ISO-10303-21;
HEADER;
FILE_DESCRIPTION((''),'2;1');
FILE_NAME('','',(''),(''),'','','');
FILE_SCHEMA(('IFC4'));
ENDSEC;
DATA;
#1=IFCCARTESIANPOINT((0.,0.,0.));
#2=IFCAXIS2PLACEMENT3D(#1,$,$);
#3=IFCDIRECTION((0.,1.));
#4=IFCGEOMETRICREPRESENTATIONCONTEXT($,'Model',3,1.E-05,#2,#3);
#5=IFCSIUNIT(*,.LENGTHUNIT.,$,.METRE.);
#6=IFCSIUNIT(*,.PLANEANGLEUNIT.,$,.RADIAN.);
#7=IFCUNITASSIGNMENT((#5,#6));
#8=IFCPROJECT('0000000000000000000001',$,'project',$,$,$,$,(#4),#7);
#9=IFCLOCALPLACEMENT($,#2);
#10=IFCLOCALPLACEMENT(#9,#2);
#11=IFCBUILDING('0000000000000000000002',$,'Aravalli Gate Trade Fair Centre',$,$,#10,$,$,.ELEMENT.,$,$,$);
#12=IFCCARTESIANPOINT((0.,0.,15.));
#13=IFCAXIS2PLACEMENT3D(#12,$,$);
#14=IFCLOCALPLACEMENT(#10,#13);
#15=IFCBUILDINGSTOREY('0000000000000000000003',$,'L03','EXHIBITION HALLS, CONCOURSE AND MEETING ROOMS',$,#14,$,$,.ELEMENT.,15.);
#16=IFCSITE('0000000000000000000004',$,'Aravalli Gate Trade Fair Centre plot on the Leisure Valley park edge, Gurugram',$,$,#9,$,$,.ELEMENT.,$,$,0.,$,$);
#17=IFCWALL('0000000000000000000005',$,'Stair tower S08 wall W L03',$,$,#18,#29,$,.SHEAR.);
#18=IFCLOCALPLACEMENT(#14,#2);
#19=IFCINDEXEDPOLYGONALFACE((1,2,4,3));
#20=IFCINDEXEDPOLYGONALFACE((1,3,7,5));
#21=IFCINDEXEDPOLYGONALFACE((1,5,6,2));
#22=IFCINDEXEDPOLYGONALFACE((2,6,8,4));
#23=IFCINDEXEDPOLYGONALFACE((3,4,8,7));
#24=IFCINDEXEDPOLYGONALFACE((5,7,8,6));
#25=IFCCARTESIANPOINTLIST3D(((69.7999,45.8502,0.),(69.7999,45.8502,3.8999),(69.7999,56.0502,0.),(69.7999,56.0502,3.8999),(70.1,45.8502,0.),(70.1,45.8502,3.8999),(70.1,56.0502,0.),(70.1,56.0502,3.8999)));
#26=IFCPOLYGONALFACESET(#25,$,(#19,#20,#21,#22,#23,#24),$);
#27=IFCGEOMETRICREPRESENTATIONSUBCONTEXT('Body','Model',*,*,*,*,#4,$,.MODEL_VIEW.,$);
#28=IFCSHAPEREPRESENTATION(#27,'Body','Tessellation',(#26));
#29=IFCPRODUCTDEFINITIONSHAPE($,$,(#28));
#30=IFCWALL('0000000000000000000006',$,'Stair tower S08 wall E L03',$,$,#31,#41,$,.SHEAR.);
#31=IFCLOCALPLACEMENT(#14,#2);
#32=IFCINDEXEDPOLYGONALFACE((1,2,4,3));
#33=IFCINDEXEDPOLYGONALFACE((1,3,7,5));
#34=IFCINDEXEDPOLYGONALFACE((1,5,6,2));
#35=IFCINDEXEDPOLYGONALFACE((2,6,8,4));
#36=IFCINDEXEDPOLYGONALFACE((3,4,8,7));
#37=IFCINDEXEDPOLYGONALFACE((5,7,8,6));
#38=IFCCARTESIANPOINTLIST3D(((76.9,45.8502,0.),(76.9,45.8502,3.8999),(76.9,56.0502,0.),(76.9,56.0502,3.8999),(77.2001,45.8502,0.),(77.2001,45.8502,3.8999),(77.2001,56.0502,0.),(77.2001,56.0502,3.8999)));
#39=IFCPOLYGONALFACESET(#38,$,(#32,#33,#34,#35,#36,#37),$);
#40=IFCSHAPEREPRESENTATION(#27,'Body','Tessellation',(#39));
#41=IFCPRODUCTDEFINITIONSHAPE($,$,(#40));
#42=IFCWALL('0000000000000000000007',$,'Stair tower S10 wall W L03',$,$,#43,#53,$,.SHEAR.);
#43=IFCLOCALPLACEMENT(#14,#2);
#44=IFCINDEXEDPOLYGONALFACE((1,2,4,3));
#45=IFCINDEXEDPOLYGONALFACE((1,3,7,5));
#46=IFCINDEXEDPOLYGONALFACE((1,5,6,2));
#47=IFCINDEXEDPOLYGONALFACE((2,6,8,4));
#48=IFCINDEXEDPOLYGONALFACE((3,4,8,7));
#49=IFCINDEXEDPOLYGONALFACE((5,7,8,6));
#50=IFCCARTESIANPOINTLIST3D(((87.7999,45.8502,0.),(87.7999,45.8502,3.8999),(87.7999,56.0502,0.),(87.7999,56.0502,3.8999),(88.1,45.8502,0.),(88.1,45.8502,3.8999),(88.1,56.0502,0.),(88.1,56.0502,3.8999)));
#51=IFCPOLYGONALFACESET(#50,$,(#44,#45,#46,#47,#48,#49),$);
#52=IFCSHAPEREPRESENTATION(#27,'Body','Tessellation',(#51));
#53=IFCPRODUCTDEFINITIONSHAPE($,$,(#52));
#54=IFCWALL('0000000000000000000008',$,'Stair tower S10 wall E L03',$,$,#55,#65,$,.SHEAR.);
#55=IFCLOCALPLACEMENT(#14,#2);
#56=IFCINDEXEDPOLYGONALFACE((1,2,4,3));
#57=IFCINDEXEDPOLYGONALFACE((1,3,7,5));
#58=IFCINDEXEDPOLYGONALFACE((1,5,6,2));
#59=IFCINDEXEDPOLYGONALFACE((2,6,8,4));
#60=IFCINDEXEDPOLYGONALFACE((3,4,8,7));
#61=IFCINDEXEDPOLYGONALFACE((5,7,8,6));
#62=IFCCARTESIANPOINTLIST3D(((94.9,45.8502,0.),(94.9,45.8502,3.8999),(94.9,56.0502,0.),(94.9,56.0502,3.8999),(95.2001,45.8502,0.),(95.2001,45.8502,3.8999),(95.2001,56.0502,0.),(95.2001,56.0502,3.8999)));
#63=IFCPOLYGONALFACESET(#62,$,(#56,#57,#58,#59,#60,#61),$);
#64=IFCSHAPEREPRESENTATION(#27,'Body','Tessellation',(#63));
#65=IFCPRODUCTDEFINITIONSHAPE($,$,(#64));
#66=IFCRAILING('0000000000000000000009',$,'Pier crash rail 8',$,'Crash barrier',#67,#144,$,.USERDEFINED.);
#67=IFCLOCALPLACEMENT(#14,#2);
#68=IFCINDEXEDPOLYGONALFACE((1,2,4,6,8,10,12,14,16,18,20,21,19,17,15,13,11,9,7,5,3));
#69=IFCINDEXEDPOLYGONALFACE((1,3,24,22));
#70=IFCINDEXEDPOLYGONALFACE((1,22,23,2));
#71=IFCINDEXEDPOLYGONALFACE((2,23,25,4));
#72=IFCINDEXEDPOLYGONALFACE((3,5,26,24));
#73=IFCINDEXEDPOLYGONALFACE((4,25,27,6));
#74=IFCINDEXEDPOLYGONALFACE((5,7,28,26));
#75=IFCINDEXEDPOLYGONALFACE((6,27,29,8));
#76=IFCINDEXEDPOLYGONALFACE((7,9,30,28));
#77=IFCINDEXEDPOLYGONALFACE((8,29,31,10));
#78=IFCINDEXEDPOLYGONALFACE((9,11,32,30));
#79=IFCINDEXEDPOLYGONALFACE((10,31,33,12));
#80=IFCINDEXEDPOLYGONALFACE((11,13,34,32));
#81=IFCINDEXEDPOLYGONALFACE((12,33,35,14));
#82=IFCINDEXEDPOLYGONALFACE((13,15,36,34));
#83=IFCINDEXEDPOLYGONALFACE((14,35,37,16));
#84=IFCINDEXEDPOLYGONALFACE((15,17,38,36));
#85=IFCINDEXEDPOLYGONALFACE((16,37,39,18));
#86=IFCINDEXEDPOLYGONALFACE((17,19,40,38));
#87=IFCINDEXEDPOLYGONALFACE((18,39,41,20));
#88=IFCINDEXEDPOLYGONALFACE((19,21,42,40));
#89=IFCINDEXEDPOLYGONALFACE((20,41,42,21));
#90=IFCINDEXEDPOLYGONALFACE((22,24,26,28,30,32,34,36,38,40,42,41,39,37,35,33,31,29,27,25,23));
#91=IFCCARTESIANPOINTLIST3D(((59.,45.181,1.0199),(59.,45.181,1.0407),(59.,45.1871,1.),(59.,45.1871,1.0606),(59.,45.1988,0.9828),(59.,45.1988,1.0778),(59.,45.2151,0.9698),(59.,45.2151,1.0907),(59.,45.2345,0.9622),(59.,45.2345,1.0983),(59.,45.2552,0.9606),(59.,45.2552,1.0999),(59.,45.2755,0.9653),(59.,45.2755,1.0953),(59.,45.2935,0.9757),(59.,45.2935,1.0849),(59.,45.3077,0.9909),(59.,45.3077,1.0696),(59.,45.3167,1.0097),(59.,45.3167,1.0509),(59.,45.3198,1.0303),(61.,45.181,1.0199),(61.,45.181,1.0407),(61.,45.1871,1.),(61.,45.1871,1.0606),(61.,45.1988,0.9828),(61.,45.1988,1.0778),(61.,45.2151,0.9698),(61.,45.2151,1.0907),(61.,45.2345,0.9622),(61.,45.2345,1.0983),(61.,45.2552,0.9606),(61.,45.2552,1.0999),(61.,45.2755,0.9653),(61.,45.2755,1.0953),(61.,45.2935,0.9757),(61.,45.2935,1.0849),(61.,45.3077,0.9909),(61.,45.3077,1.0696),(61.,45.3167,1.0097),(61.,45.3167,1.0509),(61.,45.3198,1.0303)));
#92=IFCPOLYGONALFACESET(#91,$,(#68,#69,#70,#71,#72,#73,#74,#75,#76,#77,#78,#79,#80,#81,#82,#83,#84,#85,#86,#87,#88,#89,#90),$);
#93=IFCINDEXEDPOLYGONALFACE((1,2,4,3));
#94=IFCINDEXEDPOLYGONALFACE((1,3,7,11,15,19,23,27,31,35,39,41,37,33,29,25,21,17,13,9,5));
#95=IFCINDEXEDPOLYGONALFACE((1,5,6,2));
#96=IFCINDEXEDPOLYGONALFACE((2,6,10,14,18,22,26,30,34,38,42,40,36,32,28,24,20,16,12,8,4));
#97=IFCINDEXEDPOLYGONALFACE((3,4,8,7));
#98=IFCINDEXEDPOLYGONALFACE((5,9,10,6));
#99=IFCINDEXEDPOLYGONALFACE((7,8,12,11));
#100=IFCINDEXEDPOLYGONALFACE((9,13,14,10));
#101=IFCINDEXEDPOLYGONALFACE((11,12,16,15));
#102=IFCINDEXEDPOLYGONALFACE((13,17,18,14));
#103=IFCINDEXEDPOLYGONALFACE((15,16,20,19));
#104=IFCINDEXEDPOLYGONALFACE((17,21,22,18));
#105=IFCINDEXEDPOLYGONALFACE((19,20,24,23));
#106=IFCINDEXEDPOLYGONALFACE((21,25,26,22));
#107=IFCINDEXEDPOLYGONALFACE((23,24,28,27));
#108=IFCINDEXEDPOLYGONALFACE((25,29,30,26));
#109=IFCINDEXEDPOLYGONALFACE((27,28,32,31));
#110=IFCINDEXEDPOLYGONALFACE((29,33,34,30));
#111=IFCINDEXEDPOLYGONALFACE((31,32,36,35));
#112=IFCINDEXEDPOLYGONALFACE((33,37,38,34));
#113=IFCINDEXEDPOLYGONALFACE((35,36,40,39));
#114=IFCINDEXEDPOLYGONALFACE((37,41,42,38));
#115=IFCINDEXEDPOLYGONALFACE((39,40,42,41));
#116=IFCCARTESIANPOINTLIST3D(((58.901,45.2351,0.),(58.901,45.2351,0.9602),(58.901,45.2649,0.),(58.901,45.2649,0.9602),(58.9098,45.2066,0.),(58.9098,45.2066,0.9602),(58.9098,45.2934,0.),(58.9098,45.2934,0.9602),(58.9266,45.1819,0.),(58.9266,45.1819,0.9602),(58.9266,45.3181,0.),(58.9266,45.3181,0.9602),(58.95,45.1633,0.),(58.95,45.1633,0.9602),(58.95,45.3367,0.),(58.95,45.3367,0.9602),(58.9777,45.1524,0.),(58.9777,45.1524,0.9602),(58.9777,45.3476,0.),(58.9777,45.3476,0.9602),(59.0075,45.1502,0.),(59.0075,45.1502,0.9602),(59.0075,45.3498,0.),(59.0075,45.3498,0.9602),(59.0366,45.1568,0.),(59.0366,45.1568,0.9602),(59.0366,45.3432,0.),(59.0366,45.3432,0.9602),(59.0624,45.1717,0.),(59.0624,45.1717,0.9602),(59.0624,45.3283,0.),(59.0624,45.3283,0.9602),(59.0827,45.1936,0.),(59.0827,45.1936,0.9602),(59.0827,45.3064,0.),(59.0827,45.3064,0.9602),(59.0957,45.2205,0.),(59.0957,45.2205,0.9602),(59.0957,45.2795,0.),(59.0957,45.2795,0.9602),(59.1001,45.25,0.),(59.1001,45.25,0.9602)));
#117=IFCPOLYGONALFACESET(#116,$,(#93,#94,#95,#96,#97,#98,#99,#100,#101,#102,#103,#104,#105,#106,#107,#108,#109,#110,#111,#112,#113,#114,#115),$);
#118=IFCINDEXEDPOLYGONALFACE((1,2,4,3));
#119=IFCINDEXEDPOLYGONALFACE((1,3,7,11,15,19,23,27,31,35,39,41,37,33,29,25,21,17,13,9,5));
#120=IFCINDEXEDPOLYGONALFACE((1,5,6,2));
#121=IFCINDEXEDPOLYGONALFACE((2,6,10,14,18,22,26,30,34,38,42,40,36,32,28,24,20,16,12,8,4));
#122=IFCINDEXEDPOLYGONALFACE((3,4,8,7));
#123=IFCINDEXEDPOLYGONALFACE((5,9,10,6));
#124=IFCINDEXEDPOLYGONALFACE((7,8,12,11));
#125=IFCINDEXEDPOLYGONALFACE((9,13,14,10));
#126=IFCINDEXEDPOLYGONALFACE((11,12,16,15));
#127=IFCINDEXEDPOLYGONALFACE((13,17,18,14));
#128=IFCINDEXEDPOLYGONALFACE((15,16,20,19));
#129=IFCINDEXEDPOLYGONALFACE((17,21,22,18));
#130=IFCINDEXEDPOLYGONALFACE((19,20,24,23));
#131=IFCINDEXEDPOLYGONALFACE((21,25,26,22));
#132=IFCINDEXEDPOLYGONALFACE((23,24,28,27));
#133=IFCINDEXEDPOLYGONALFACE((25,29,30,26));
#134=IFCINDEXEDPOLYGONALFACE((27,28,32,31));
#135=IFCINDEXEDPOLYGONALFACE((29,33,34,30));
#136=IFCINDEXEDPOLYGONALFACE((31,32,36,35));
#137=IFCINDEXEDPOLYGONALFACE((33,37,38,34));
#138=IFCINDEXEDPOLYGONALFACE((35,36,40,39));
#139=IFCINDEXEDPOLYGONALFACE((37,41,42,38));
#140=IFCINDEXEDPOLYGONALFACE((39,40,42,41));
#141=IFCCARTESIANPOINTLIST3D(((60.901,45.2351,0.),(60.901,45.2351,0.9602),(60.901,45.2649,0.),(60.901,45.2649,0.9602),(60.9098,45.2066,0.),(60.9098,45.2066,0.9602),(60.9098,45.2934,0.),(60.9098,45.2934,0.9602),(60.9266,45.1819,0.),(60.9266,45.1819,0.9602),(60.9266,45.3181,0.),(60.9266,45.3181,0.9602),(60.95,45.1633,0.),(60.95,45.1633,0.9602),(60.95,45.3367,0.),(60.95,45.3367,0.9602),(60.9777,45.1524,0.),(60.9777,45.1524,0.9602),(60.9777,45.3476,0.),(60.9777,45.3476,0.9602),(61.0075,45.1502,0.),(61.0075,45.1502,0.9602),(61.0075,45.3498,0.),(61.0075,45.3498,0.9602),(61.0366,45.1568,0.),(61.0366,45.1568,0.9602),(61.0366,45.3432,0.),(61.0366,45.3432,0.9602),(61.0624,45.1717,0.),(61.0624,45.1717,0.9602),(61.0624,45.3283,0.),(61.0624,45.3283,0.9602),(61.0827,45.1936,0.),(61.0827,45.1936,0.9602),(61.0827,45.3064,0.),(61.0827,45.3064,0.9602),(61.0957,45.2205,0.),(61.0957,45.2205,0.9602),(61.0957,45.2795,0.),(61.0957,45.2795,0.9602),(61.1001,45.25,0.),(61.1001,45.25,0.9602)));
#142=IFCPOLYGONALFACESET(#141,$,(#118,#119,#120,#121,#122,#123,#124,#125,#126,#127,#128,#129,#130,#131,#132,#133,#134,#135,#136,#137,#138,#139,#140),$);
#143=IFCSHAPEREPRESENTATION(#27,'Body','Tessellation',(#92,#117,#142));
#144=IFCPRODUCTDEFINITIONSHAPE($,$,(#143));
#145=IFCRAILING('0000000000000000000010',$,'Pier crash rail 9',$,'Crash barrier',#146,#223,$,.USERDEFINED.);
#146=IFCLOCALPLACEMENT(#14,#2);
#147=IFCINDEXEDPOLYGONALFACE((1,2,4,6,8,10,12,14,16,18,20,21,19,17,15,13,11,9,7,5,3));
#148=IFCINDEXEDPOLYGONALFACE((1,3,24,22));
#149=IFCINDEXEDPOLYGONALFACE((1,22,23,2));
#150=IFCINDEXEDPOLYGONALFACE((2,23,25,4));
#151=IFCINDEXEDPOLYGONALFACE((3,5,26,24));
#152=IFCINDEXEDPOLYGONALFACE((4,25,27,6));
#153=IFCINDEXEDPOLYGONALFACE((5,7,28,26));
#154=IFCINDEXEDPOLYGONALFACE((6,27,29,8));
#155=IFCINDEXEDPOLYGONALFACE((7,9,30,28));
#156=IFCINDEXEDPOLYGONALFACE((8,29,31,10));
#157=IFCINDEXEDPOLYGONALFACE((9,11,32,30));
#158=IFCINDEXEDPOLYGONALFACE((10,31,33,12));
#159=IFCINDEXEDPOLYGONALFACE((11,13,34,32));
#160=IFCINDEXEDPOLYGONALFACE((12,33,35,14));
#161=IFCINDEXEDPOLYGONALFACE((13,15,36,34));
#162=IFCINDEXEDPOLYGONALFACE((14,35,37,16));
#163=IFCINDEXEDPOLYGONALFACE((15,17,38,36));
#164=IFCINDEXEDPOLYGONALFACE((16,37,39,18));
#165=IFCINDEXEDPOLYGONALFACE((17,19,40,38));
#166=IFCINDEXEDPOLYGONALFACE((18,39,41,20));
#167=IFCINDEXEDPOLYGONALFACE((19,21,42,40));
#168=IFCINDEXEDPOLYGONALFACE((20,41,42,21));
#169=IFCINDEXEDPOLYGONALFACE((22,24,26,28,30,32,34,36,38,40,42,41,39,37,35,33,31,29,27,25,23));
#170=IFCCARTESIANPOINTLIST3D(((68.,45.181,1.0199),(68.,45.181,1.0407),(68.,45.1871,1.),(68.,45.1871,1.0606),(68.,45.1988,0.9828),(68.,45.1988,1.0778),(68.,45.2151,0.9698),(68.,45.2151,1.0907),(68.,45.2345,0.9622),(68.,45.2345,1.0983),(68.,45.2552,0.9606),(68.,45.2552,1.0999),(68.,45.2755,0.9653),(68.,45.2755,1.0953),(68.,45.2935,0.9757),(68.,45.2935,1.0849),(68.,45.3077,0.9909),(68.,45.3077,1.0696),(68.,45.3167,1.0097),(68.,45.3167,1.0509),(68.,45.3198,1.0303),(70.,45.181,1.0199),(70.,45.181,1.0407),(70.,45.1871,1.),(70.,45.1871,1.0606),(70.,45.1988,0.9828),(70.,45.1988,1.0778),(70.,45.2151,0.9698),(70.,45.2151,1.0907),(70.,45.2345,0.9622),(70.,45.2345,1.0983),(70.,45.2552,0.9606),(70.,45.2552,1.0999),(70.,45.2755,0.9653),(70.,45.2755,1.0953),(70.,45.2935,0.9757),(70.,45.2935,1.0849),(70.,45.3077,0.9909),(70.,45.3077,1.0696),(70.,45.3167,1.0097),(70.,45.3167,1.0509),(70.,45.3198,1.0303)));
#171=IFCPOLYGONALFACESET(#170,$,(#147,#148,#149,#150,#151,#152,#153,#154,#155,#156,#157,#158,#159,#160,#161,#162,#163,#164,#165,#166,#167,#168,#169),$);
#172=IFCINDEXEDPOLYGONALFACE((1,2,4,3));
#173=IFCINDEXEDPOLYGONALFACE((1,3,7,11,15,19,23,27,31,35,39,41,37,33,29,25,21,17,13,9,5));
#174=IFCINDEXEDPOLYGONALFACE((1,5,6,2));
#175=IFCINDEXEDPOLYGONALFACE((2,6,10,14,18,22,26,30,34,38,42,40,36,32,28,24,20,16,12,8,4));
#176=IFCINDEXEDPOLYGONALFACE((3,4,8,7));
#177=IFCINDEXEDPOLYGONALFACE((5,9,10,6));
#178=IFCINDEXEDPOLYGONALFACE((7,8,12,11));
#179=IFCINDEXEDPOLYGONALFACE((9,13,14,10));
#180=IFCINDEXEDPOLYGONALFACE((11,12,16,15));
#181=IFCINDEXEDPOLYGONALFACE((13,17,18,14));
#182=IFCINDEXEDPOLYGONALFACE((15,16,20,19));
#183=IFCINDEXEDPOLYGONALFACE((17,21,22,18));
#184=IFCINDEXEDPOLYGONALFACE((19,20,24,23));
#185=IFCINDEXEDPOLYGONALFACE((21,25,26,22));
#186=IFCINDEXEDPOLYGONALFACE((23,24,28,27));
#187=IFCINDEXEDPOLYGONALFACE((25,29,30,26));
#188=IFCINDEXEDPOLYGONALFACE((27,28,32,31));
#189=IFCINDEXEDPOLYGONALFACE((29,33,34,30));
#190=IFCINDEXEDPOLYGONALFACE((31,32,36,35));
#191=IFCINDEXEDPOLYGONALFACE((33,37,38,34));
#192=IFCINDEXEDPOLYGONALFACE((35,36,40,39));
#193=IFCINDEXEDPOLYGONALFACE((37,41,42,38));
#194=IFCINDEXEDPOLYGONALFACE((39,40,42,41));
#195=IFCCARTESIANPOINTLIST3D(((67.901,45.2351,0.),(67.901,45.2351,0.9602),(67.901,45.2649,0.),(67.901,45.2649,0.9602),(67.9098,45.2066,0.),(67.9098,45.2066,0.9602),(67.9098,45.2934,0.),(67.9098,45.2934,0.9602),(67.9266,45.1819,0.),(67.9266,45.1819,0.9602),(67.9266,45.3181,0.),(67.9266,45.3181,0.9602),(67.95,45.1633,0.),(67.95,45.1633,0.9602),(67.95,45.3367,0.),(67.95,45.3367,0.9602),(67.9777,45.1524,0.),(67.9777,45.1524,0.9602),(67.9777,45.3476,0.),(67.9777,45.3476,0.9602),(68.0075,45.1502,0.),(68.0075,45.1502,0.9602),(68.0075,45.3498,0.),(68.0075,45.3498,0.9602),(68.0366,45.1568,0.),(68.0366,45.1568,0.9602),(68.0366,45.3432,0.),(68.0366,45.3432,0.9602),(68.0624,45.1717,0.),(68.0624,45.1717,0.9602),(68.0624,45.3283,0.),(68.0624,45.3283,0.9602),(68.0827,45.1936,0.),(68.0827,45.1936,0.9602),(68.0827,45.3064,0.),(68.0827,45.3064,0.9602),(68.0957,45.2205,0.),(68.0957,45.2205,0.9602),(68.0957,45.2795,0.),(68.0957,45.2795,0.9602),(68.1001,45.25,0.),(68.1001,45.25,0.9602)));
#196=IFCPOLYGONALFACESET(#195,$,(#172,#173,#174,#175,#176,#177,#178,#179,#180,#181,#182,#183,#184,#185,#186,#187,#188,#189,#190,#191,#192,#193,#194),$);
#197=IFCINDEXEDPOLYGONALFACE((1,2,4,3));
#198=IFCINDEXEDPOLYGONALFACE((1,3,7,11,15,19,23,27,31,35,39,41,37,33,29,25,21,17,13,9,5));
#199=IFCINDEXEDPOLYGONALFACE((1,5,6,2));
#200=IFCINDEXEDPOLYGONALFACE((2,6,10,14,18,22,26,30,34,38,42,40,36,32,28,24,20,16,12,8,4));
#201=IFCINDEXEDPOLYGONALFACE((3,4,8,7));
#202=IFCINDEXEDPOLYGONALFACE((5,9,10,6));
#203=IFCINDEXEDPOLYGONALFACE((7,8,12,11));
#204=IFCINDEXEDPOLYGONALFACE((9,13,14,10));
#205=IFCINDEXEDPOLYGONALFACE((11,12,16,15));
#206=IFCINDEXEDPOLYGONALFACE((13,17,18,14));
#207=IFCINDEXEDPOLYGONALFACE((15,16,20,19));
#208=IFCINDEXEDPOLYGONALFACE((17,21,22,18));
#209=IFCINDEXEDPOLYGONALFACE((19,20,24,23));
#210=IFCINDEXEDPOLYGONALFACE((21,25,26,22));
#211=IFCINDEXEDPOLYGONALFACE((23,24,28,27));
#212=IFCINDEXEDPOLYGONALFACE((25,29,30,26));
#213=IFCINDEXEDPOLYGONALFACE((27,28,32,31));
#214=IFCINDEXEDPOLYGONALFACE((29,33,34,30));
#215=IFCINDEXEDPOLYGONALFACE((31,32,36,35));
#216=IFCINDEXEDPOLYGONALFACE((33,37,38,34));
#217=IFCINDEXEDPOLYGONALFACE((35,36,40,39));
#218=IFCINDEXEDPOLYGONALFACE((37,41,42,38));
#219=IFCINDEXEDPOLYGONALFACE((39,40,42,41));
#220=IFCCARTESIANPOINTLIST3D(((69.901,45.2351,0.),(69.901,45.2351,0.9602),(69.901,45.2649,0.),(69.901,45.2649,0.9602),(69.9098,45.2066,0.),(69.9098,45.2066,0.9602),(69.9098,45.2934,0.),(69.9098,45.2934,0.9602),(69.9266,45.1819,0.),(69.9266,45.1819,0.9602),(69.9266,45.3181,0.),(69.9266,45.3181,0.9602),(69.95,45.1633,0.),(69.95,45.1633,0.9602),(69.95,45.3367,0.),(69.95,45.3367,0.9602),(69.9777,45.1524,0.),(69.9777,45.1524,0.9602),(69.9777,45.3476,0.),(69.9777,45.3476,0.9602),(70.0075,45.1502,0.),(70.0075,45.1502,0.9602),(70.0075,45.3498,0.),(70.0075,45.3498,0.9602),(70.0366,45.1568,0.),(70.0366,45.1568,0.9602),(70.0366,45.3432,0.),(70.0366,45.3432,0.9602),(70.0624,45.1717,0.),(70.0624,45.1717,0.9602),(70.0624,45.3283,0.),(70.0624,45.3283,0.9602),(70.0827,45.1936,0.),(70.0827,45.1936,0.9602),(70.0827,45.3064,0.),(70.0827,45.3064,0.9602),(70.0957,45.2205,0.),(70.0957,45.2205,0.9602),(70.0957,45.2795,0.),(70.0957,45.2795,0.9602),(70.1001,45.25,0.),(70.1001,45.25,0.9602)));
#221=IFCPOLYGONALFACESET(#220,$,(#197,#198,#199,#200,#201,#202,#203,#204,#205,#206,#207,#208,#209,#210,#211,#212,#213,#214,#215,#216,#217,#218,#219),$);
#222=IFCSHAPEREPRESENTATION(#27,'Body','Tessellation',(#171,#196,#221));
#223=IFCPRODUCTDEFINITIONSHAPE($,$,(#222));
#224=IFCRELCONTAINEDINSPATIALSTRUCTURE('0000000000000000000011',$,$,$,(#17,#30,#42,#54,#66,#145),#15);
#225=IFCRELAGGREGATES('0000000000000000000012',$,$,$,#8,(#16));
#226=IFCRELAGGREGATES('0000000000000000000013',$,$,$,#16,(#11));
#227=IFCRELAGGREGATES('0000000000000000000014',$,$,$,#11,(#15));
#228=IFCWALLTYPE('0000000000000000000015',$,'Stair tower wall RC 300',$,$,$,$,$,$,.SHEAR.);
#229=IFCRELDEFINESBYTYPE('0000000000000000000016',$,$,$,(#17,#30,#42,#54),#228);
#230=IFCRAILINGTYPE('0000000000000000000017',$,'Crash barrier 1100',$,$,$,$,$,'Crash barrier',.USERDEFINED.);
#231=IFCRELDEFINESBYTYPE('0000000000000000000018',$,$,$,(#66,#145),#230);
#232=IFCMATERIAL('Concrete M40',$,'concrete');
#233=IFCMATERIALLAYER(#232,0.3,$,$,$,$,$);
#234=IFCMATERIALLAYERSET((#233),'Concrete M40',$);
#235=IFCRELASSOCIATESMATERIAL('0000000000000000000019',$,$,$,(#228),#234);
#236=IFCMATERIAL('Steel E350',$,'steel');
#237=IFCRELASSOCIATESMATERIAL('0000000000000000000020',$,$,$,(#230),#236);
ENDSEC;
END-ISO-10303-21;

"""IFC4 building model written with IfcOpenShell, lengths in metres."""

from ifc_helpers import new_model, si_unit, direction, frame, frame_2d, origin, origin_2d, place, context, subcontext, project, spatial, rectangle, circle, extrude, material, layer, layer_set, type_object, element, save


model = new_model("IFC4")

# Units and contexts
model_context = context("Model", 3, precision=1e-05, world=origin(), true_north=direction((0.0, 1.0)))
body_context = subcontext(model_context, "Body", "Model", "MODEL_VIEW")
ifc_project = project(units=[si_unit("LENGTHUNIT", "METRE"), si_unit("PLANEANGLEUNIT", "RADIAN")], contexts=[model_context])

# Site, building, storey
site_placement = place(None, origin())
site = spatial("IfcSite", under=ifc_project, at=site_placement, Name="Aravalli Gate Trade Fair Centre plot on the Leisure Valley park edge, Gurugram", CompositionType="ELEMENT", RefElevation=0.0)
building_placement = place(site_placement, origin())
building = spatial("IfcBuilding", under=site, at=building_placement, Name="Aravalli Gate Trade Fair Centre", CompositionType="ELEMENT")
storey_placement = place(building_placement, frame((0.0, 0.0, 15.0)))
storey = spatial("IfcBuildingStorey", under=building, at=storey_placement, Name="L03", Description="EXHIBITION HALLS, CONCOURSE AND MEETING ROOMS", CompositionType="ELEMENT", Elevation=15.0)

# Shared definitions
ifc_material_1 = material(Name="Concrete M40", Category="concrete")

# Walls
ifc_layer_1 = layer(ifc_material_1, 0.3)
ifc_layer_set_1 = layer_set([ifc_layer_1], Name="Concrete M40")
wall_type_1 = type_object("IfcWallType", Name="Stair tower wall RC 300", PredefinedType="SHEAR", material=ifc_layer_set_1)
for number, where, z_axis, x_axis, name in (
    (1, (69.95, 45.8501, 0.0), (0.0, 0.0, 1.0), (0.0, 1.0, 0.0), "Stair tower S08 wall W L03"),
    (2, (77.05, 45.8501, 0.0), (0.0, 0.0, 1.0), (0.0, 1.0, 0.0), "Stair tower S08 wall E L03"),
    (3, (87.95, 45.8501, 0.0), (0.0, 0.0, 1.0), (0.0, 1.0, 0.0), "Stair tower S10 wall W L03"),
    (4, (95.05, 45.8501, 0.0), (0.0, 0.0, 1.0), (0.0, 1.0, 0.0), "Stair tower S10 wall E L03"),
):
    element("IfcWall", number, at=place(storey_placement, frame(where, z_axis=z_axis, x_axis=x_axis)), inside=storey, type_object=wall_type_1, Name=name, PredefinedType="SHEAR", context=body_context, shape_type="SweptSolid", body=[
        extrude(rectangle(XDim=10.2, YDim=0.3, at=frame_2d((5.1001, 0.0))), origin(), (0.0, 0.0, 1.0), 3.8999),
    ])

# Railings
ifc_material_2 = material(Name="Steel E350", Category="steel")
railing_type = type_object("IfcRailingType", Name="Crash barrier 1100", ElementType="Crash barrier", PredefinedType="USERDEFINED", material=ifc_material_2)
for number, where, name in (
    (5, (59.0, 45.25, 0.0), "Pier crash rail 8"),
    (6, (68.0, 45.25, 0.0), "Pier crash rail 9"),
):
    element("IfcRailing", number, at=place(storey_placement, frame(where)), inside=storey, type_object=railing_type, Name=name, ObjectType="Crash barrier", PredefinedType="USERDEFINED", context=body_context, shape_type="SweptSolid", body=[
        extrude(circle(Radius=0.0698, at=origin_2d()), frame((0.0, 0.0, 1.0303), z_axis=(1.0, 0.0, 0.0), x_axis=(0.0, 1.0, 0.0)), (0.0, 0.0, 1.0), 2.0),
        extrude(circle(Radius=0.1001, at=origin_2d()), origin(), (0.0, 0.0, 1.0), 0.9602),
        extrude(circle(Radius=0.1001, at=origin_2d()), frame((2.0, 0.0, 0.0)), (0.0, 0.0, 1.0), 0.9602),
    ])

save(model, "model.ifc")
